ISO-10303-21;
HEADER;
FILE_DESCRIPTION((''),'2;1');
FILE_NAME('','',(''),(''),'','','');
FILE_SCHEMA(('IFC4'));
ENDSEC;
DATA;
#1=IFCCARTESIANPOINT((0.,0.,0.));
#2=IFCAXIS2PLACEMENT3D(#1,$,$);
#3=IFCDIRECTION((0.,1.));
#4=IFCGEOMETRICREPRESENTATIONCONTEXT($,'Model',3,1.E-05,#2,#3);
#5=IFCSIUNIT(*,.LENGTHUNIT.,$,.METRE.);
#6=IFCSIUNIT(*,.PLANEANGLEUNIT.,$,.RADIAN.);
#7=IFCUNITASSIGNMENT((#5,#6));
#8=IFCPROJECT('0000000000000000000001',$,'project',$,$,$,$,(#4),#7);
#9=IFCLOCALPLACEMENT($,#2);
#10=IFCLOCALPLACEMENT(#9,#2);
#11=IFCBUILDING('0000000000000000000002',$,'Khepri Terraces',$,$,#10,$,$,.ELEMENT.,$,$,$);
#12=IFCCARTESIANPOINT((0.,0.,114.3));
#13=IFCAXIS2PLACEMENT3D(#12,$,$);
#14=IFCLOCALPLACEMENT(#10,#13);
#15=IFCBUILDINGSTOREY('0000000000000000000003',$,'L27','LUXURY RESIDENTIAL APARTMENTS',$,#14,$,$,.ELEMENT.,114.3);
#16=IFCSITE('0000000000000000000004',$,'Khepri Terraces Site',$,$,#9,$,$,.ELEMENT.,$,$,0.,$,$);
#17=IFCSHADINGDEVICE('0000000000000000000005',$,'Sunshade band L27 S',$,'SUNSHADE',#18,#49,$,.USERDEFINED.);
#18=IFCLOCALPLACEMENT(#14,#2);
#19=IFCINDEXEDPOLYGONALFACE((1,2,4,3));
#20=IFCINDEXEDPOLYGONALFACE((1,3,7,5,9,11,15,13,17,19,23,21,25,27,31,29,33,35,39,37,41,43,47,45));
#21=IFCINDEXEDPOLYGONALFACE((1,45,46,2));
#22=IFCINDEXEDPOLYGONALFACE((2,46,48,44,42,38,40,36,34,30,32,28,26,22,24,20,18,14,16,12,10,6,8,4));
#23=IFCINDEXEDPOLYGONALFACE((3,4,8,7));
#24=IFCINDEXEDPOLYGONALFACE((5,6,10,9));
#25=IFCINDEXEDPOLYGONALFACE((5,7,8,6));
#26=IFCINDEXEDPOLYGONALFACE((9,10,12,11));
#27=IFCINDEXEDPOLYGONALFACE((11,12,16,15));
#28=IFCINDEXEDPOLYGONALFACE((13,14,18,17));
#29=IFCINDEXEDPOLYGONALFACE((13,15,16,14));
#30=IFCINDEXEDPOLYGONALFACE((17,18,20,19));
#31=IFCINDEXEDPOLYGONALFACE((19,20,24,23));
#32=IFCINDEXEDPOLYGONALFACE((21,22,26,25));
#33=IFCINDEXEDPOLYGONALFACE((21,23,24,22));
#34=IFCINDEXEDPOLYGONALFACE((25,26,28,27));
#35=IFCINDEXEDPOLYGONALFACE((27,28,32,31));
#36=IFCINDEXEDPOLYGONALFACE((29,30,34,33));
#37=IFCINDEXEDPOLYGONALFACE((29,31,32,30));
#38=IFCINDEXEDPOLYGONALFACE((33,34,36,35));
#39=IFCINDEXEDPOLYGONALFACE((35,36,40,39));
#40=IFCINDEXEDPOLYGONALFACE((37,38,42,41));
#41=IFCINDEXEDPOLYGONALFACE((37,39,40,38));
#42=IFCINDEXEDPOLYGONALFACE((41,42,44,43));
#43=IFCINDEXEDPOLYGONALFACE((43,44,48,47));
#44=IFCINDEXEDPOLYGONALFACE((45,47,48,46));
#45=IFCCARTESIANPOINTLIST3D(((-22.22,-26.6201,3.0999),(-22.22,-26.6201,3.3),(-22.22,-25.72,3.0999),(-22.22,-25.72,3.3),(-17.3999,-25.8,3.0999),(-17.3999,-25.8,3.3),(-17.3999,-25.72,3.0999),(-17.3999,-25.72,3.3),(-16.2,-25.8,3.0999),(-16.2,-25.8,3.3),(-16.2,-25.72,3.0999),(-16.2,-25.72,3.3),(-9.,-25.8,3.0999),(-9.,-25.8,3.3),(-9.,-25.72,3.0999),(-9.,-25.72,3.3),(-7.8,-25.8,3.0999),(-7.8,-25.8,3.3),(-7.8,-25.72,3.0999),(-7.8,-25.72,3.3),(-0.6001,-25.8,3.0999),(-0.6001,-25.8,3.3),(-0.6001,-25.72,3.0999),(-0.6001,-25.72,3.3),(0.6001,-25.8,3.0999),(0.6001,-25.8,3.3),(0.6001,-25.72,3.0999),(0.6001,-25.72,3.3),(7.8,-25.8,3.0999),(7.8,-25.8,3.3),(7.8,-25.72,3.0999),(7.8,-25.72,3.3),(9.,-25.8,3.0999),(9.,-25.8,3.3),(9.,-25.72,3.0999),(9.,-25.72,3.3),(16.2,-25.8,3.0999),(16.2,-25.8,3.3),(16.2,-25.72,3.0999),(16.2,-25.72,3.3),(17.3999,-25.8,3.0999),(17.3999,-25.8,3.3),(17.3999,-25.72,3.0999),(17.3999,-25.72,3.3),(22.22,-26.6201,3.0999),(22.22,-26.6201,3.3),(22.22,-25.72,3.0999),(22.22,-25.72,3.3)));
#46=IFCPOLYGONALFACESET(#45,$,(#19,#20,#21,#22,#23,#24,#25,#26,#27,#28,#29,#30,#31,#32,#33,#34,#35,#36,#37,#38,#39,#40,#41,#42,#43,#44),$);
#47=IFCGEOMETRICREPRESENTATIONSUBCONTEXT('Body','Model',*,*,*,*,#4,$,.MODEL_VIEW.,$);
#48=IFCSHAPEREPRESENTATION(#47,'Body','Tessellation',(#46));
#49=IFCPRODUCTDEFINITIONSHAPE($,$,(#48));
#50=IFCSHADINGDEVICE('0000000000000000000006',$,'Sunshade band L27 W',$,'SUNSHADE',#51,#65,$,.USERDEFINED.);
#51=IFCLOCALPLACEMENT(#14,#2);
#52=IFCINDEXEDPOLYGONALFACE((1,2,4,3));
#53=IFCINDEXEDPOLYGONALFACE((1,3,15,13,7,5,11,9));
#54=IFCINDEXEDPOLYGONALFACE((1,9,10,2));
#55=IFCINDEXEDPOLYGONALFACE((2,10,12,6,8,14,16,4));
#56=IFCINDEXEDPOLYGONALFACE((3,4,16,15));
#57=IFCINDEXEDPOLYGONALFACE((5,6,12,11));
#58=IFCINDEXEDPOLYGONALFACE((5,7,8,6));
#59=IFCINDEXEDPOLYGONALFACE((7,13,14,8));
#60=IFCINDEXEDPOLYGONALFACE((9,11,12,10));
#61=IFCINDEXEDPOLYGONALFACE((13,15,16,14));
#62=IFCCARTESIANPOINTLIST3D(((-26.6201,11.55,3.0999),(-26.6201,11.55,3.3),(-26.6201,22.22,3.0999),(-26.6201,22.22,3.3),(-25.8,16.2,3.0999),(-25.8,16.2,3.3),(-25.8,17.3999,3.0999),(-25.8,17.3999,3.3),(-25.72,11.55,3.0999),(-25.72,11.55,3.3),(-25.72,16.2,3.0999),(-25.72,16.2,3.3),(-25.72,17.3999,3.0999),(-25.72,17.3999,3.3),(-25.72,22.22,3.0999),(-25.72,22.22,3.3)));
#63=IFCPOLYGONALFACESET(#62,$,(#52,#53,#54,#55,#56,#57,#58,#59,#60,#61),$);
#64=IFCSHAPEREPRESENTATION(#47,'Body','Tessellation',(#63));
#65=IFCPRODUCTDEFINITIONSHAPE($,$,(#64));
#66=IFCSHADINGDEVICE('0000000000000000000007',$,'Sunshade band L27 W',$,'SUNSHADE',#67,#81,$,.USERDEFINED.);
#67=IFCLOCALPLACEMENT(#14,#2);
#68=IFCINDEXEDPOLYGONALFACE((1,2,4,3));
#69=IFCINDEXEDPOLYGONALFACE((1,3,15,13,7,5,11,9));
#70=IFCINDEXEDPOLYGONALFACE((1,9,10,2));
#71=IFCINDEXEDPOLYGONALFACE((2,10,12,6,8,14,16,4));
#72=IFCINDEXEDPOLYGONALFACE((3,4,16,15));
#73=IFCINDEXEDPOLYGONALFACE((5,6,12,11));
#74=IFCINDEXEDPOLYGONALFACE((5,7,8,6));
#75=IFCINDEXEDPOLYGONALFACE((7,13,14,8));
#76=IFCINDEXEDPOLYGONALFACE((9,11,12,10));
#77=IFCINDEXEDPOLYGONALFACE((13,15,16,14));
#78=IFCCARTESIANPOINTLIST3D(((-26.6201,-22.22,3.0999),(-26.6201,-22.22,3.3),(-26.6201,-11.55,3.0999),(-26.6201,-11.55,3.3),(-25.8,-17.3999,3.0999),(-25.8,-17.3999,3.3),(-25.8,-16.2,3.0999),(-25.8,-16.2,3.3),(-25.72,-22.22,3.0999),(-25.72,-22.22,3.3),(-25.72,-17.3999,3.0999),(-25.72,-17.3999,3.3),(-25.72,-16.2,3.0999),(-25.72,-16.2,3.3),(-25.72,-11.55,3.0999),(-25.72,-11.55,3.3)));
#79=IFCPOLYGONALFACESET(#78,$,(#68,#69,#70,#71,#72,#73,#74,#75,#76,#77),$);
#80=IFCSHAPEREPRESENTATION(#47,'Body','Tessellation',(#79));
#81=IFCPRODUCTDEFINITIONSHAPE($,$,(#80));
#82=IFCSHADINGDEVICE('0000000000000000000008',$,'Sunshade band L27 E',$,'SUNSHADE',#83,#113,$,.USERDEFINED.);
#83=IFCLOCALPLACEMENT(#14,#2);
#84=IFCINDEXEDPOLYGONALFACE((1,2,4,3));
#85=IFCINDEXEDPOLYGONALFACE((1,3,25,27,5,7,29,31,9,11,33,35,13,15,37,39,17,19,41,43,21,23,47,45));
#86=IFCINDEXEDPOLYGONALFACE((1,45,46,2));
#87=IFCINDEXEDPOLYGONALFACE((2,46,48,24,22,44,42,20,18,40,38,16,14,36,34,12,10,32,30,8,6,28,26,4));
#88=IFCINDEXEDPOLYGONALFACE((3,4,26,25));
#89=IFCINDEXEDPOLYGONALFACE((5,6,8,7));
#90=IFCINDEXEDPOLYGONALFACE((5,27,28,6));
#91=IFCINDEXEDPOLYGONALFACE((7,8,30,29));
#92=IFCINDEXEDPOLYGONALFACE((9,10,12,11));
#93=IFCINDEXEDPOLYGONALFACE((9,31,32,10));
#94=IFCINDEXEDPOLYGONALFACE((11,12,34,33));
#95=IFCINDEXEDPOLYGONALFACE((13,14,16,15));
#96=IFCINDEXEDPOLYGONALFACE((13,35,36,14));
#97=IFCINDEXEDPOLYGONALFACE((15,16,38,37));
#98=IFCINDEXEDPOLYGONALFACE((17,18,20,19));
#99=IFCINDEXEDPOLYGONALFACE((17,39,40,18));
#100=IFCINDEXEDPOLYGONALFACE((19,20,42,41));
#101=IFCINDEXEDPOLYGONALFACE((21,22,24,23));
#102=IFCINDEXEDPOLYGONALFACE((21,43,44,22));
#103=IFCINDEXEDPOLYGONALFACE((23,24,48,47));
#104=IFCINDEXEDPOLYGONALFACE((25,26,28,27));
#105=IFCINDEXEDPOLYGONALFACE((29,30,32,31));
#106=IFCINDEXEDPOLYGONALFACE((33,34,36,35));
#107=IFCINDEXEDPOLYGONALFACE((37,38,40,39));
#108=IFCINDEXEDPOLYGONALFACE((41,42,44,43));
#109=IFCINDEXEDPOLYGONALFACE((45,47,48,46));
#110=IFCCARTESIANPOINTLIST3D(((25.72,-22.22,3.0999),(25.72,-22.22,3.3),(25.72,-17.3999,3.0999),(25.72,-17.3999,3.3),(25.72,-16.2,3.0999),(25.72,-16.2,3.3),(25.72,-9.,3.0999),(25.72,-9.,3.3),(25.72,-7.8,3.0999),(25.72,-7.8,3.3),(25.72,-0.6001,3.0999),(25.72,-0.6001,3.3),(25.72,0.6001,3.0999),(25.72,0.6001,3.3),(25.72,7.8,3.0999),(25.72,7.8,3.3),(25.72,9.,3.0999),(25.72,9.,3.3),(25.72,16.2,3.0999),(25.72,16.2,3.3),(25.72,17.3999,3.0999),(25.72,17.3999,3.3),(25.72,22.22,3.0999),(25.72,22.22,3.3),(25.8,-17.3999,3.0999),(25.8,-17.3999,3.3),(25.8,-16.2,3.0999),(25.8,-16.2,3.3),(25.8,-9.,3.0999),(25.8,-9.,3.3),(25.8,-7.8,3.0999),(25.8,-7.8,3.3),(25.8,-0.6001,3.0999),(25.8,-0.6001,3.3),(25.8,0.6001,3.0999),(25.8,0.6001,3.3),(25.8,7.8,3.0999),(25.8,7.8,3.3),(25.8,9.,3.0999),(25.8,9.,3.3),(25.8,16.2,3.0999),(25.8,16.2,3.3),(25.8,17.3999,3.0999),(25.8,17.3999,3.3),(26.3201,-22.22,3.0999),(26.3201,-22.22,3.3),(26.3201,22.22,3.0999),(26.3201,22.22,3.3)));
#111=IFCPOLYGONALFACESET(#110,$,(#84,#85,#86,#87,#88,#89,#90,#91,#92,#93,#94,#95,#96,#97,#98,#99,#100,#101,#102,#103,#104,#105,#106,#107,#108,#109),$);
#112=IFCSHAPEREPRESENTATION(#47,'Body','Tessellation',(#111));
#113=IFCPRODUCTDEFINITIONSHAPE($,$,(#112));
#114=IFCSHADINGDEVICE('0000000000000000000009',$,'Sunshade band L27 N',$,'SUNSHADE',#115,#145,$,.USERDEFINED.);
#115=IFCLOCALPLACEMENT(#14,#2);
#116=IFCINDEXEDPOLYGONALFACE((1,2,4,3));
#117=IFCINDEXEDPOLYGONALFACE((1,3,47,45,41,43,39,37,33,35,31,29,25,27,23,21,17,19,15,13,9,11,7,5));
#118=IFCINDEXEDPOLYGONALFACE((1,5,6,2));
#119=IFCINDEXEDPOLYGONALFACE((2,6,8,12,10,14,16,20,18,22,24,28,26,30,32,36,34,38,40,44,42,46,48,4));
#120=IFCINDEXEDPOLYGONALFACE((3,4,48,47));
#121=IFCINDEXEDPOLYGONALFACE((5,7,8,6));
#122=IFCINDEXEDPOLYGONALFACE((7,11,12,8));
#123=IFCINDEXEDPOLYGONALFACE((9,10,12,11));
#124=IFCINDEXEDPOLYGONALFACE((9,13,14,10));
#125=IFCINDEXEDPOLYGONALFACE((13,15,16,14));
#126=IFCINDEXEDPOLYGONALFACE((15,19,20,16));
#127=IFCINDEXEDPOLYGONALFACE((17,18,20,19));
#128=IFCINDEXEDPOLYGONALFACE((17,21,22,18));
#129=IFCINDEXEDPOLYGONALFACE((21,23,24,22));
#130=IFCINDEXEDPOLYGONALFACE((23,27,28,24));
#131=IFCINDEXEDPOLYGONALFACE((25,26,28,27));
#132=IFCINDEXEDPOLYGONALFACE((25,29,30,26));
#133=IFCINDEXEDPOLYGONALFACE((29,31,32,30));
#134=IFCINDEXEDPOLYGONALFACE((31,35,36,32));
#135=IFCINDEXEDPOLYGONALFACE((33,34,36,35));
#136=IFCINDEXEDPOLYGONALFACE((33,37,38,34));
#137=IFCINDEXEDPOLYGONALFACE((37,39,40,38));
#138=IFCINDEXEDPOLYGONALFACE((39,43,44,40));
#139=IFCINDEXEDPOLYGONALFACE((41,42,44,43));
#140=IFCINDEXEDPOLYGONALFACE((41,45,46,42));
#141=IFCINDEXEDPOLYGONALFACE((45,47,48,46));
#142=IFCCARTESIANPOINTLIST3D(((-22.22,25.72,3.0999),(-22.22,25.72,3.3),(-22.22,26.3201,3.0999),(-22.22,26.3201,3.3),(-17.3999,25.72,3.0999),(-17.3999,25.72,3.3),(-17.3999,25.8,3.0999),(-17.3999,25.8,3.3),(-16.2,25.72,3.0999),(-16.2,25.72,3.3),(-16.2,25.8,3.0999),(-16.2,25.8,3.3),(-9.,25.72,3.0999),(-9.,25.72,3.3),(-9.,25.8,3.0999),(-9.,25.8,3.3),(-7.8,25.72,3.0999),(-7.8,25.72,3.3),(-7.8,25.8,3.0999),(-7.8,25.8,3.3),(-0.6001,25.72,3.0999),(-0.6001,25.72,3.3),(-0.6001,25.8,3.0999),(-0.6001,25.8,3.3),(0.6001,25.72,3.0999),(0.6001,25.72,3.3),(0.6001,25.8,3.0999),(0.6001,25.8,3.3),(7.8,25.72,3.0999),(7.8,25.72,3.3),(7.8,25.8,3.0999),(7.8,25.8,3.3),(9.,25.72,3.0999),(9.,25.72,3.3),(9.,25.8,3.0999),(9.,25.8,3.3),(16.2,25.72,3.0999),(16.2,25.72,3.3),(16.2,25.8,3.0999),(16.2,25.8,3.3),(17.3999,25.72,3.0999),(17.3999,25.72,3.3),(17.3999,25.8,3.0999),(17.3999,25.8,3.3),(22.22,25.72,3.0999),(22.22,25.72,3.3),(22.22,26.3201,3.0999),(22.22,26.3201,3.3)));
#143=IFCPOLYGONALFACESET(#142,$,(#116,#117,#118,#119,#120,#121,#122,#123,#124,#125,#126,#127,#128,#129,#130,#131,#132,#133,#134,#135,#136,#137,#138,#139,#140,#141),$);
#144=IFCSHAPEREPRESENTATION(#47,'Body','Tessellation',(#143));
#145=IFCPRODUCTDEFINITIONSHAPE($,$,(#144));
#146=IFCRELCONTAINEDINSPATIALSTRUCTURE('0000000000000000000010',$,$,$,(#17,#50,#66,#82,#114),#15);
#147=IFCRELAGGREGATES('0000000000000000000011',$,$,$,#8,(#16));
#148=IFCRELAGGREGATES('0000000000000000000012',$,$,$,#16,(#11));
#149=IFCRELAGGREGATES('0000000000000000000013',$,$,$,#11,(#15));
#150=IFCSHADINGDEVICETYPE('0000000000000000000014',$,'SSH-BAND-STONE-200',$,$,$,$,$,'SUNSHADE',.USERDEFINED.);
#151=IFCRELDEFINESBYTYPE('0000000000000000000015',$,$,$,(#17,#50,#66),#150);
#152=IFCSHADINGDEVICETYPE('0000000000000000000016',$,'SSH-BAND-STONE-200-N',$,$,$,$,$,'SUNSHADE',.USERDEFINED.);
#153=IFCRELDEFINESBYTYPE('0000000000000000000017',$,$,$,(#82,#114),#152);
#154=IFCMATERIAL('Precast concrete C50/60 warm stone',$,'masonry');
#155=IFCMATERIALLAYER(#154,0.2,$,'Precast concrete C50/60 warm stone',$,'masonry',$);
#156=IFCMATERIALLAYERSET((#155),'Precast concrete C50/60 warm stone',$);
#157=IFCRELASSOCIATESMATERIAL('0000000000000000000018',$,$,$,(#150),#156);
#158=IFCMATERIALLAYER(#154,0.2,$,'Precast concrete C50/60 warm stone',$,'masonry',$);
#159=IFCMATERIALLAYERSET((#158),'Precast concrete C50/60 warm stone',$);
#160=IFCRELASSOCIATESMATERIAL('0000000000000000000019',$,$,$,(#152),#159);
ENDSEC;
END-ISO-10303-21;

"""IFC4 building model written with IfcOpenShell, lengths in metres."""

from ifc_helpers import new_model, si_unit, direction, frame, origin, place, context, subcontext, project, spatial, polyline, outline, extrude, material, layer, layer_set, type_object, element, save


model = new_model("IFC4")

# Units and contexts
model_context = context("Model", 3, precision=1e-05, world=origin(), true_north=direction((0.0, 1.0)))
body_context = subcontext(model_context, "Body", "Model", "MODEL_VIEW")
ifc_project = project(units=[si_unit("LENGTHUNIT", "METRE"), si_unit("PLANEANGLEUNIT", "RADIAN")], contexts=[model_context])

# Site, building, storey
site_placement = place(None, origin())
site = spatial("IfcSite", under=ifc_project, at=site_placement, Name="Khepri Terraces Site", CompositionType="ELEMENT", RefElevation=0.0)
building_placement = place(site_placement, origin())
building = spatial("IfcBuilding", under=site, at=building_placement, Name="Khepri Terraces", CompositionType="ELEMENT")
storey_placement = place(building_placement, frame((0.0, 0.0, 114.3)))
storey = spatial("IfcBuildingStorey", under=building, at=storey_placement, Name="L27", Description="LUXURY RESIDENTIAL APARTMENTS", CompositionType="ELEMENT", Elevation=114.3)

# Shared definitions
ifc_material_1 = material(Name="Precast concrete C50/60 warm stone", Category="masonry")

# Shading devices
ifc_layer_1 = layer(ifc_material_1, 0.2, Name="Precast concrete C50/60 warm stone", Category="masonry")
ifc_layer_set_1 = layer_set([ifc_layer_1], Name="Precast concrete C50/60 warm stone")
shading_device_type_1 = type_object("IfcShadingDeviceType", Name="SSH-BAND-STONE-200", ElementType="SUNSHADE", PredefinedType="USERDEFINED", material=ifc_layer_set_1)
shading_device_1_placement = place(storey_placement, frame((0.0, 0.0, 3.0999)))
element("IfcShadingDevice", 1, at=shading_device_1_placement, inside=storey, type_object=shading_device_type_1, Name="Sunshade band L27 S", ObjectType="SUNSHADE", PredefinedType="USERDEFINED", context=body_context, shape_type="SweptSolid", body=[
    extrude(outline(polyline([(-17.3999, -25.72), (-22.22, -25.72), (-22.22, -26.6201), (22.22, -26.6201), (22.22, -25.72), (17.3999, -25.72), (17.3999, -25.8), (16.2, -25.8), (16.2, -25.72), (9.0, -25.72), (9.0, -25.8), (7.8, -25.8), (7.8, -25.72), (0.6001, -25.72), (0.6001, -25.8), (-0.6001, -25.8), (-0.6001, -25.72), (-7.8, -25.72), (-7.8, -25.8), (-9.0, -25.8), (-9.0, -25.72), (-16.2, -25.72), (-16.2, -25.8), (-17.3999, -25.8), (-17.3999, -25.72)])), origin(), (0.0, 0.0, 1.0), 0.2002),
])
shading_device_2_placement = place(storey_placement, frame((0.0, 0.0, 3.0999)))
element("IfcShadingDevice", 2, at=shading_device_2_placement, inside=storey, type_object=shading_device_type_1, Name="Sunshade band L27 W", ObjectType="SUNSHADE", PredefinedType="USERDEFINED", context=body_context, shape_type="SweptSolid", body=[
    extrude(outline(polyline([(-25.72, 17.3999), (-25.72, 22.22), (-26.6201, 22.22), (-26.6201, 11.55), (-25.72, 11.55), (-25.72, 16.2), (-25.8, 16.2), (-25.8, 17.3999), (-25.72, 17.3999)])), origin(), (0.0, 0.0, 1.0), 0.2002),
])
shading_device_3_placement = place(storey_placement, frame((0.0, 0.0, 3.0999)))
element("IfcShadingDevice", 3, at=shading_device_3_placement, inside=storey, type_object=shading_device_type_1, Name="Sunshade band L27 W", ObjectType="SUNSHADE", PredefinedType="USERDEFINED", context=body_context, shape_type="SweptSolid", body=[
    extrude(outline(polyline([(-25.72, -16.2), (-25.72, -11.55), (-26.6201, -11.55), (-26.6201, -22.22), (-25.72, -22.22), (-25.72, -17.3999), (-25.8, -17.3999), (-25.8, -16.2), (-25.72, -16.2)])), origin(), (0.0, 0.0, 1.0), 0.2002),
])
ifc_layer_2 = layer(ifc_material_1, 0.2, Name="Precast concrete C50/60 warm stone", Category="masonry")
ifc_layer_set_2 = layer_set([ifc_layer_2], Name="Precast concrete C50/60 warm stone")
shading_device_type_2 = type_object("IfcShadingDeviceType", Name="SSH-BAND-STONE-200-N", ElementType="SUNSHADE", PredefinedType="USERDEFINED", material=ifc_layer_set_2)
shading_device_4_placement = place(storey_placement, frame((0.0, 0.0, 3.0999)))
element("IfcShadingDevice", 4, at=shading_device_4_placement, inside=storey, type_object=shading_device_type_2, Name="Sunshade band L27 E", ObjectType="SUNSHADE", PredefinedType="USERDEFINED", context=body_context, shape_type="SweptSolid", body=[
    extrude(outline(polyline([(25.72, -17.3999), (25.72, -22.22), (26.3201, -22.22), (26.3201, 22.22), (25.72, 22.22), (25.72, 17.3999), (25.8, 17.3999), (25.8, 16.2), (25.72, 16.2), (25.72, 9.0), (25.8, 9.0), (25.8, 7.8), (25.72, 7.8), (25.72, 0.6001), (25.8, 0.6001), (25.8, -0.6001), (25.72, -0.6001), (25.72, -7.8), (25.8, -7.8), (25.8, -9.0), (25.72, -9.0), (25.72, -16.2), (25.8, -16.2), (25.8, -17.3999), (25.72, -17.3999)])), origin(), (0.0, 0.0, 1.0), 0.2002),
])
shading_device_5_placement = place(storey_placement, frame((0.0, 0.0, 3.0999)))
element("IfcShadingDevice", 5, at=shading_device_5_placement, inside=storey, type_object=shading_device_type_2, Name="Sunshade band L27 N", ObjectType="SUNSHADE", PredefinedType="USERDEFINED", context=body_context, shape_type="SweptSolid", body=[
    extrude(outline(polyline([(17.3999, 25.72), (22.22, 25.72), (22.22, 26.3201), (-22.22, 26.3201), (-22.22, 25.72), (-17.3999, 25.72), (-17.3999, 25.8), (-16.2, 25.8), (-16.2, 25.72), (-9.0, 25.72), (-9.0, 25.8), (-7.8, 25.8), (-7.8, 25.72), (-0.6001, 25.72), (-0.6001, 25.8), (0.6001, 25.8), (0.6001, 25.72), (7.8, 25.72), (7.8, 25.8), (9.0, 25.8), (9.0, 25.72), (16.2, 25.72), (16.2, 25.8), (17.3999, 25.8), (17.3999, 25.72)])), origin(), (0.0, 0.0, 1.0), 0.2002),
])

save(model, "model.ifc")
